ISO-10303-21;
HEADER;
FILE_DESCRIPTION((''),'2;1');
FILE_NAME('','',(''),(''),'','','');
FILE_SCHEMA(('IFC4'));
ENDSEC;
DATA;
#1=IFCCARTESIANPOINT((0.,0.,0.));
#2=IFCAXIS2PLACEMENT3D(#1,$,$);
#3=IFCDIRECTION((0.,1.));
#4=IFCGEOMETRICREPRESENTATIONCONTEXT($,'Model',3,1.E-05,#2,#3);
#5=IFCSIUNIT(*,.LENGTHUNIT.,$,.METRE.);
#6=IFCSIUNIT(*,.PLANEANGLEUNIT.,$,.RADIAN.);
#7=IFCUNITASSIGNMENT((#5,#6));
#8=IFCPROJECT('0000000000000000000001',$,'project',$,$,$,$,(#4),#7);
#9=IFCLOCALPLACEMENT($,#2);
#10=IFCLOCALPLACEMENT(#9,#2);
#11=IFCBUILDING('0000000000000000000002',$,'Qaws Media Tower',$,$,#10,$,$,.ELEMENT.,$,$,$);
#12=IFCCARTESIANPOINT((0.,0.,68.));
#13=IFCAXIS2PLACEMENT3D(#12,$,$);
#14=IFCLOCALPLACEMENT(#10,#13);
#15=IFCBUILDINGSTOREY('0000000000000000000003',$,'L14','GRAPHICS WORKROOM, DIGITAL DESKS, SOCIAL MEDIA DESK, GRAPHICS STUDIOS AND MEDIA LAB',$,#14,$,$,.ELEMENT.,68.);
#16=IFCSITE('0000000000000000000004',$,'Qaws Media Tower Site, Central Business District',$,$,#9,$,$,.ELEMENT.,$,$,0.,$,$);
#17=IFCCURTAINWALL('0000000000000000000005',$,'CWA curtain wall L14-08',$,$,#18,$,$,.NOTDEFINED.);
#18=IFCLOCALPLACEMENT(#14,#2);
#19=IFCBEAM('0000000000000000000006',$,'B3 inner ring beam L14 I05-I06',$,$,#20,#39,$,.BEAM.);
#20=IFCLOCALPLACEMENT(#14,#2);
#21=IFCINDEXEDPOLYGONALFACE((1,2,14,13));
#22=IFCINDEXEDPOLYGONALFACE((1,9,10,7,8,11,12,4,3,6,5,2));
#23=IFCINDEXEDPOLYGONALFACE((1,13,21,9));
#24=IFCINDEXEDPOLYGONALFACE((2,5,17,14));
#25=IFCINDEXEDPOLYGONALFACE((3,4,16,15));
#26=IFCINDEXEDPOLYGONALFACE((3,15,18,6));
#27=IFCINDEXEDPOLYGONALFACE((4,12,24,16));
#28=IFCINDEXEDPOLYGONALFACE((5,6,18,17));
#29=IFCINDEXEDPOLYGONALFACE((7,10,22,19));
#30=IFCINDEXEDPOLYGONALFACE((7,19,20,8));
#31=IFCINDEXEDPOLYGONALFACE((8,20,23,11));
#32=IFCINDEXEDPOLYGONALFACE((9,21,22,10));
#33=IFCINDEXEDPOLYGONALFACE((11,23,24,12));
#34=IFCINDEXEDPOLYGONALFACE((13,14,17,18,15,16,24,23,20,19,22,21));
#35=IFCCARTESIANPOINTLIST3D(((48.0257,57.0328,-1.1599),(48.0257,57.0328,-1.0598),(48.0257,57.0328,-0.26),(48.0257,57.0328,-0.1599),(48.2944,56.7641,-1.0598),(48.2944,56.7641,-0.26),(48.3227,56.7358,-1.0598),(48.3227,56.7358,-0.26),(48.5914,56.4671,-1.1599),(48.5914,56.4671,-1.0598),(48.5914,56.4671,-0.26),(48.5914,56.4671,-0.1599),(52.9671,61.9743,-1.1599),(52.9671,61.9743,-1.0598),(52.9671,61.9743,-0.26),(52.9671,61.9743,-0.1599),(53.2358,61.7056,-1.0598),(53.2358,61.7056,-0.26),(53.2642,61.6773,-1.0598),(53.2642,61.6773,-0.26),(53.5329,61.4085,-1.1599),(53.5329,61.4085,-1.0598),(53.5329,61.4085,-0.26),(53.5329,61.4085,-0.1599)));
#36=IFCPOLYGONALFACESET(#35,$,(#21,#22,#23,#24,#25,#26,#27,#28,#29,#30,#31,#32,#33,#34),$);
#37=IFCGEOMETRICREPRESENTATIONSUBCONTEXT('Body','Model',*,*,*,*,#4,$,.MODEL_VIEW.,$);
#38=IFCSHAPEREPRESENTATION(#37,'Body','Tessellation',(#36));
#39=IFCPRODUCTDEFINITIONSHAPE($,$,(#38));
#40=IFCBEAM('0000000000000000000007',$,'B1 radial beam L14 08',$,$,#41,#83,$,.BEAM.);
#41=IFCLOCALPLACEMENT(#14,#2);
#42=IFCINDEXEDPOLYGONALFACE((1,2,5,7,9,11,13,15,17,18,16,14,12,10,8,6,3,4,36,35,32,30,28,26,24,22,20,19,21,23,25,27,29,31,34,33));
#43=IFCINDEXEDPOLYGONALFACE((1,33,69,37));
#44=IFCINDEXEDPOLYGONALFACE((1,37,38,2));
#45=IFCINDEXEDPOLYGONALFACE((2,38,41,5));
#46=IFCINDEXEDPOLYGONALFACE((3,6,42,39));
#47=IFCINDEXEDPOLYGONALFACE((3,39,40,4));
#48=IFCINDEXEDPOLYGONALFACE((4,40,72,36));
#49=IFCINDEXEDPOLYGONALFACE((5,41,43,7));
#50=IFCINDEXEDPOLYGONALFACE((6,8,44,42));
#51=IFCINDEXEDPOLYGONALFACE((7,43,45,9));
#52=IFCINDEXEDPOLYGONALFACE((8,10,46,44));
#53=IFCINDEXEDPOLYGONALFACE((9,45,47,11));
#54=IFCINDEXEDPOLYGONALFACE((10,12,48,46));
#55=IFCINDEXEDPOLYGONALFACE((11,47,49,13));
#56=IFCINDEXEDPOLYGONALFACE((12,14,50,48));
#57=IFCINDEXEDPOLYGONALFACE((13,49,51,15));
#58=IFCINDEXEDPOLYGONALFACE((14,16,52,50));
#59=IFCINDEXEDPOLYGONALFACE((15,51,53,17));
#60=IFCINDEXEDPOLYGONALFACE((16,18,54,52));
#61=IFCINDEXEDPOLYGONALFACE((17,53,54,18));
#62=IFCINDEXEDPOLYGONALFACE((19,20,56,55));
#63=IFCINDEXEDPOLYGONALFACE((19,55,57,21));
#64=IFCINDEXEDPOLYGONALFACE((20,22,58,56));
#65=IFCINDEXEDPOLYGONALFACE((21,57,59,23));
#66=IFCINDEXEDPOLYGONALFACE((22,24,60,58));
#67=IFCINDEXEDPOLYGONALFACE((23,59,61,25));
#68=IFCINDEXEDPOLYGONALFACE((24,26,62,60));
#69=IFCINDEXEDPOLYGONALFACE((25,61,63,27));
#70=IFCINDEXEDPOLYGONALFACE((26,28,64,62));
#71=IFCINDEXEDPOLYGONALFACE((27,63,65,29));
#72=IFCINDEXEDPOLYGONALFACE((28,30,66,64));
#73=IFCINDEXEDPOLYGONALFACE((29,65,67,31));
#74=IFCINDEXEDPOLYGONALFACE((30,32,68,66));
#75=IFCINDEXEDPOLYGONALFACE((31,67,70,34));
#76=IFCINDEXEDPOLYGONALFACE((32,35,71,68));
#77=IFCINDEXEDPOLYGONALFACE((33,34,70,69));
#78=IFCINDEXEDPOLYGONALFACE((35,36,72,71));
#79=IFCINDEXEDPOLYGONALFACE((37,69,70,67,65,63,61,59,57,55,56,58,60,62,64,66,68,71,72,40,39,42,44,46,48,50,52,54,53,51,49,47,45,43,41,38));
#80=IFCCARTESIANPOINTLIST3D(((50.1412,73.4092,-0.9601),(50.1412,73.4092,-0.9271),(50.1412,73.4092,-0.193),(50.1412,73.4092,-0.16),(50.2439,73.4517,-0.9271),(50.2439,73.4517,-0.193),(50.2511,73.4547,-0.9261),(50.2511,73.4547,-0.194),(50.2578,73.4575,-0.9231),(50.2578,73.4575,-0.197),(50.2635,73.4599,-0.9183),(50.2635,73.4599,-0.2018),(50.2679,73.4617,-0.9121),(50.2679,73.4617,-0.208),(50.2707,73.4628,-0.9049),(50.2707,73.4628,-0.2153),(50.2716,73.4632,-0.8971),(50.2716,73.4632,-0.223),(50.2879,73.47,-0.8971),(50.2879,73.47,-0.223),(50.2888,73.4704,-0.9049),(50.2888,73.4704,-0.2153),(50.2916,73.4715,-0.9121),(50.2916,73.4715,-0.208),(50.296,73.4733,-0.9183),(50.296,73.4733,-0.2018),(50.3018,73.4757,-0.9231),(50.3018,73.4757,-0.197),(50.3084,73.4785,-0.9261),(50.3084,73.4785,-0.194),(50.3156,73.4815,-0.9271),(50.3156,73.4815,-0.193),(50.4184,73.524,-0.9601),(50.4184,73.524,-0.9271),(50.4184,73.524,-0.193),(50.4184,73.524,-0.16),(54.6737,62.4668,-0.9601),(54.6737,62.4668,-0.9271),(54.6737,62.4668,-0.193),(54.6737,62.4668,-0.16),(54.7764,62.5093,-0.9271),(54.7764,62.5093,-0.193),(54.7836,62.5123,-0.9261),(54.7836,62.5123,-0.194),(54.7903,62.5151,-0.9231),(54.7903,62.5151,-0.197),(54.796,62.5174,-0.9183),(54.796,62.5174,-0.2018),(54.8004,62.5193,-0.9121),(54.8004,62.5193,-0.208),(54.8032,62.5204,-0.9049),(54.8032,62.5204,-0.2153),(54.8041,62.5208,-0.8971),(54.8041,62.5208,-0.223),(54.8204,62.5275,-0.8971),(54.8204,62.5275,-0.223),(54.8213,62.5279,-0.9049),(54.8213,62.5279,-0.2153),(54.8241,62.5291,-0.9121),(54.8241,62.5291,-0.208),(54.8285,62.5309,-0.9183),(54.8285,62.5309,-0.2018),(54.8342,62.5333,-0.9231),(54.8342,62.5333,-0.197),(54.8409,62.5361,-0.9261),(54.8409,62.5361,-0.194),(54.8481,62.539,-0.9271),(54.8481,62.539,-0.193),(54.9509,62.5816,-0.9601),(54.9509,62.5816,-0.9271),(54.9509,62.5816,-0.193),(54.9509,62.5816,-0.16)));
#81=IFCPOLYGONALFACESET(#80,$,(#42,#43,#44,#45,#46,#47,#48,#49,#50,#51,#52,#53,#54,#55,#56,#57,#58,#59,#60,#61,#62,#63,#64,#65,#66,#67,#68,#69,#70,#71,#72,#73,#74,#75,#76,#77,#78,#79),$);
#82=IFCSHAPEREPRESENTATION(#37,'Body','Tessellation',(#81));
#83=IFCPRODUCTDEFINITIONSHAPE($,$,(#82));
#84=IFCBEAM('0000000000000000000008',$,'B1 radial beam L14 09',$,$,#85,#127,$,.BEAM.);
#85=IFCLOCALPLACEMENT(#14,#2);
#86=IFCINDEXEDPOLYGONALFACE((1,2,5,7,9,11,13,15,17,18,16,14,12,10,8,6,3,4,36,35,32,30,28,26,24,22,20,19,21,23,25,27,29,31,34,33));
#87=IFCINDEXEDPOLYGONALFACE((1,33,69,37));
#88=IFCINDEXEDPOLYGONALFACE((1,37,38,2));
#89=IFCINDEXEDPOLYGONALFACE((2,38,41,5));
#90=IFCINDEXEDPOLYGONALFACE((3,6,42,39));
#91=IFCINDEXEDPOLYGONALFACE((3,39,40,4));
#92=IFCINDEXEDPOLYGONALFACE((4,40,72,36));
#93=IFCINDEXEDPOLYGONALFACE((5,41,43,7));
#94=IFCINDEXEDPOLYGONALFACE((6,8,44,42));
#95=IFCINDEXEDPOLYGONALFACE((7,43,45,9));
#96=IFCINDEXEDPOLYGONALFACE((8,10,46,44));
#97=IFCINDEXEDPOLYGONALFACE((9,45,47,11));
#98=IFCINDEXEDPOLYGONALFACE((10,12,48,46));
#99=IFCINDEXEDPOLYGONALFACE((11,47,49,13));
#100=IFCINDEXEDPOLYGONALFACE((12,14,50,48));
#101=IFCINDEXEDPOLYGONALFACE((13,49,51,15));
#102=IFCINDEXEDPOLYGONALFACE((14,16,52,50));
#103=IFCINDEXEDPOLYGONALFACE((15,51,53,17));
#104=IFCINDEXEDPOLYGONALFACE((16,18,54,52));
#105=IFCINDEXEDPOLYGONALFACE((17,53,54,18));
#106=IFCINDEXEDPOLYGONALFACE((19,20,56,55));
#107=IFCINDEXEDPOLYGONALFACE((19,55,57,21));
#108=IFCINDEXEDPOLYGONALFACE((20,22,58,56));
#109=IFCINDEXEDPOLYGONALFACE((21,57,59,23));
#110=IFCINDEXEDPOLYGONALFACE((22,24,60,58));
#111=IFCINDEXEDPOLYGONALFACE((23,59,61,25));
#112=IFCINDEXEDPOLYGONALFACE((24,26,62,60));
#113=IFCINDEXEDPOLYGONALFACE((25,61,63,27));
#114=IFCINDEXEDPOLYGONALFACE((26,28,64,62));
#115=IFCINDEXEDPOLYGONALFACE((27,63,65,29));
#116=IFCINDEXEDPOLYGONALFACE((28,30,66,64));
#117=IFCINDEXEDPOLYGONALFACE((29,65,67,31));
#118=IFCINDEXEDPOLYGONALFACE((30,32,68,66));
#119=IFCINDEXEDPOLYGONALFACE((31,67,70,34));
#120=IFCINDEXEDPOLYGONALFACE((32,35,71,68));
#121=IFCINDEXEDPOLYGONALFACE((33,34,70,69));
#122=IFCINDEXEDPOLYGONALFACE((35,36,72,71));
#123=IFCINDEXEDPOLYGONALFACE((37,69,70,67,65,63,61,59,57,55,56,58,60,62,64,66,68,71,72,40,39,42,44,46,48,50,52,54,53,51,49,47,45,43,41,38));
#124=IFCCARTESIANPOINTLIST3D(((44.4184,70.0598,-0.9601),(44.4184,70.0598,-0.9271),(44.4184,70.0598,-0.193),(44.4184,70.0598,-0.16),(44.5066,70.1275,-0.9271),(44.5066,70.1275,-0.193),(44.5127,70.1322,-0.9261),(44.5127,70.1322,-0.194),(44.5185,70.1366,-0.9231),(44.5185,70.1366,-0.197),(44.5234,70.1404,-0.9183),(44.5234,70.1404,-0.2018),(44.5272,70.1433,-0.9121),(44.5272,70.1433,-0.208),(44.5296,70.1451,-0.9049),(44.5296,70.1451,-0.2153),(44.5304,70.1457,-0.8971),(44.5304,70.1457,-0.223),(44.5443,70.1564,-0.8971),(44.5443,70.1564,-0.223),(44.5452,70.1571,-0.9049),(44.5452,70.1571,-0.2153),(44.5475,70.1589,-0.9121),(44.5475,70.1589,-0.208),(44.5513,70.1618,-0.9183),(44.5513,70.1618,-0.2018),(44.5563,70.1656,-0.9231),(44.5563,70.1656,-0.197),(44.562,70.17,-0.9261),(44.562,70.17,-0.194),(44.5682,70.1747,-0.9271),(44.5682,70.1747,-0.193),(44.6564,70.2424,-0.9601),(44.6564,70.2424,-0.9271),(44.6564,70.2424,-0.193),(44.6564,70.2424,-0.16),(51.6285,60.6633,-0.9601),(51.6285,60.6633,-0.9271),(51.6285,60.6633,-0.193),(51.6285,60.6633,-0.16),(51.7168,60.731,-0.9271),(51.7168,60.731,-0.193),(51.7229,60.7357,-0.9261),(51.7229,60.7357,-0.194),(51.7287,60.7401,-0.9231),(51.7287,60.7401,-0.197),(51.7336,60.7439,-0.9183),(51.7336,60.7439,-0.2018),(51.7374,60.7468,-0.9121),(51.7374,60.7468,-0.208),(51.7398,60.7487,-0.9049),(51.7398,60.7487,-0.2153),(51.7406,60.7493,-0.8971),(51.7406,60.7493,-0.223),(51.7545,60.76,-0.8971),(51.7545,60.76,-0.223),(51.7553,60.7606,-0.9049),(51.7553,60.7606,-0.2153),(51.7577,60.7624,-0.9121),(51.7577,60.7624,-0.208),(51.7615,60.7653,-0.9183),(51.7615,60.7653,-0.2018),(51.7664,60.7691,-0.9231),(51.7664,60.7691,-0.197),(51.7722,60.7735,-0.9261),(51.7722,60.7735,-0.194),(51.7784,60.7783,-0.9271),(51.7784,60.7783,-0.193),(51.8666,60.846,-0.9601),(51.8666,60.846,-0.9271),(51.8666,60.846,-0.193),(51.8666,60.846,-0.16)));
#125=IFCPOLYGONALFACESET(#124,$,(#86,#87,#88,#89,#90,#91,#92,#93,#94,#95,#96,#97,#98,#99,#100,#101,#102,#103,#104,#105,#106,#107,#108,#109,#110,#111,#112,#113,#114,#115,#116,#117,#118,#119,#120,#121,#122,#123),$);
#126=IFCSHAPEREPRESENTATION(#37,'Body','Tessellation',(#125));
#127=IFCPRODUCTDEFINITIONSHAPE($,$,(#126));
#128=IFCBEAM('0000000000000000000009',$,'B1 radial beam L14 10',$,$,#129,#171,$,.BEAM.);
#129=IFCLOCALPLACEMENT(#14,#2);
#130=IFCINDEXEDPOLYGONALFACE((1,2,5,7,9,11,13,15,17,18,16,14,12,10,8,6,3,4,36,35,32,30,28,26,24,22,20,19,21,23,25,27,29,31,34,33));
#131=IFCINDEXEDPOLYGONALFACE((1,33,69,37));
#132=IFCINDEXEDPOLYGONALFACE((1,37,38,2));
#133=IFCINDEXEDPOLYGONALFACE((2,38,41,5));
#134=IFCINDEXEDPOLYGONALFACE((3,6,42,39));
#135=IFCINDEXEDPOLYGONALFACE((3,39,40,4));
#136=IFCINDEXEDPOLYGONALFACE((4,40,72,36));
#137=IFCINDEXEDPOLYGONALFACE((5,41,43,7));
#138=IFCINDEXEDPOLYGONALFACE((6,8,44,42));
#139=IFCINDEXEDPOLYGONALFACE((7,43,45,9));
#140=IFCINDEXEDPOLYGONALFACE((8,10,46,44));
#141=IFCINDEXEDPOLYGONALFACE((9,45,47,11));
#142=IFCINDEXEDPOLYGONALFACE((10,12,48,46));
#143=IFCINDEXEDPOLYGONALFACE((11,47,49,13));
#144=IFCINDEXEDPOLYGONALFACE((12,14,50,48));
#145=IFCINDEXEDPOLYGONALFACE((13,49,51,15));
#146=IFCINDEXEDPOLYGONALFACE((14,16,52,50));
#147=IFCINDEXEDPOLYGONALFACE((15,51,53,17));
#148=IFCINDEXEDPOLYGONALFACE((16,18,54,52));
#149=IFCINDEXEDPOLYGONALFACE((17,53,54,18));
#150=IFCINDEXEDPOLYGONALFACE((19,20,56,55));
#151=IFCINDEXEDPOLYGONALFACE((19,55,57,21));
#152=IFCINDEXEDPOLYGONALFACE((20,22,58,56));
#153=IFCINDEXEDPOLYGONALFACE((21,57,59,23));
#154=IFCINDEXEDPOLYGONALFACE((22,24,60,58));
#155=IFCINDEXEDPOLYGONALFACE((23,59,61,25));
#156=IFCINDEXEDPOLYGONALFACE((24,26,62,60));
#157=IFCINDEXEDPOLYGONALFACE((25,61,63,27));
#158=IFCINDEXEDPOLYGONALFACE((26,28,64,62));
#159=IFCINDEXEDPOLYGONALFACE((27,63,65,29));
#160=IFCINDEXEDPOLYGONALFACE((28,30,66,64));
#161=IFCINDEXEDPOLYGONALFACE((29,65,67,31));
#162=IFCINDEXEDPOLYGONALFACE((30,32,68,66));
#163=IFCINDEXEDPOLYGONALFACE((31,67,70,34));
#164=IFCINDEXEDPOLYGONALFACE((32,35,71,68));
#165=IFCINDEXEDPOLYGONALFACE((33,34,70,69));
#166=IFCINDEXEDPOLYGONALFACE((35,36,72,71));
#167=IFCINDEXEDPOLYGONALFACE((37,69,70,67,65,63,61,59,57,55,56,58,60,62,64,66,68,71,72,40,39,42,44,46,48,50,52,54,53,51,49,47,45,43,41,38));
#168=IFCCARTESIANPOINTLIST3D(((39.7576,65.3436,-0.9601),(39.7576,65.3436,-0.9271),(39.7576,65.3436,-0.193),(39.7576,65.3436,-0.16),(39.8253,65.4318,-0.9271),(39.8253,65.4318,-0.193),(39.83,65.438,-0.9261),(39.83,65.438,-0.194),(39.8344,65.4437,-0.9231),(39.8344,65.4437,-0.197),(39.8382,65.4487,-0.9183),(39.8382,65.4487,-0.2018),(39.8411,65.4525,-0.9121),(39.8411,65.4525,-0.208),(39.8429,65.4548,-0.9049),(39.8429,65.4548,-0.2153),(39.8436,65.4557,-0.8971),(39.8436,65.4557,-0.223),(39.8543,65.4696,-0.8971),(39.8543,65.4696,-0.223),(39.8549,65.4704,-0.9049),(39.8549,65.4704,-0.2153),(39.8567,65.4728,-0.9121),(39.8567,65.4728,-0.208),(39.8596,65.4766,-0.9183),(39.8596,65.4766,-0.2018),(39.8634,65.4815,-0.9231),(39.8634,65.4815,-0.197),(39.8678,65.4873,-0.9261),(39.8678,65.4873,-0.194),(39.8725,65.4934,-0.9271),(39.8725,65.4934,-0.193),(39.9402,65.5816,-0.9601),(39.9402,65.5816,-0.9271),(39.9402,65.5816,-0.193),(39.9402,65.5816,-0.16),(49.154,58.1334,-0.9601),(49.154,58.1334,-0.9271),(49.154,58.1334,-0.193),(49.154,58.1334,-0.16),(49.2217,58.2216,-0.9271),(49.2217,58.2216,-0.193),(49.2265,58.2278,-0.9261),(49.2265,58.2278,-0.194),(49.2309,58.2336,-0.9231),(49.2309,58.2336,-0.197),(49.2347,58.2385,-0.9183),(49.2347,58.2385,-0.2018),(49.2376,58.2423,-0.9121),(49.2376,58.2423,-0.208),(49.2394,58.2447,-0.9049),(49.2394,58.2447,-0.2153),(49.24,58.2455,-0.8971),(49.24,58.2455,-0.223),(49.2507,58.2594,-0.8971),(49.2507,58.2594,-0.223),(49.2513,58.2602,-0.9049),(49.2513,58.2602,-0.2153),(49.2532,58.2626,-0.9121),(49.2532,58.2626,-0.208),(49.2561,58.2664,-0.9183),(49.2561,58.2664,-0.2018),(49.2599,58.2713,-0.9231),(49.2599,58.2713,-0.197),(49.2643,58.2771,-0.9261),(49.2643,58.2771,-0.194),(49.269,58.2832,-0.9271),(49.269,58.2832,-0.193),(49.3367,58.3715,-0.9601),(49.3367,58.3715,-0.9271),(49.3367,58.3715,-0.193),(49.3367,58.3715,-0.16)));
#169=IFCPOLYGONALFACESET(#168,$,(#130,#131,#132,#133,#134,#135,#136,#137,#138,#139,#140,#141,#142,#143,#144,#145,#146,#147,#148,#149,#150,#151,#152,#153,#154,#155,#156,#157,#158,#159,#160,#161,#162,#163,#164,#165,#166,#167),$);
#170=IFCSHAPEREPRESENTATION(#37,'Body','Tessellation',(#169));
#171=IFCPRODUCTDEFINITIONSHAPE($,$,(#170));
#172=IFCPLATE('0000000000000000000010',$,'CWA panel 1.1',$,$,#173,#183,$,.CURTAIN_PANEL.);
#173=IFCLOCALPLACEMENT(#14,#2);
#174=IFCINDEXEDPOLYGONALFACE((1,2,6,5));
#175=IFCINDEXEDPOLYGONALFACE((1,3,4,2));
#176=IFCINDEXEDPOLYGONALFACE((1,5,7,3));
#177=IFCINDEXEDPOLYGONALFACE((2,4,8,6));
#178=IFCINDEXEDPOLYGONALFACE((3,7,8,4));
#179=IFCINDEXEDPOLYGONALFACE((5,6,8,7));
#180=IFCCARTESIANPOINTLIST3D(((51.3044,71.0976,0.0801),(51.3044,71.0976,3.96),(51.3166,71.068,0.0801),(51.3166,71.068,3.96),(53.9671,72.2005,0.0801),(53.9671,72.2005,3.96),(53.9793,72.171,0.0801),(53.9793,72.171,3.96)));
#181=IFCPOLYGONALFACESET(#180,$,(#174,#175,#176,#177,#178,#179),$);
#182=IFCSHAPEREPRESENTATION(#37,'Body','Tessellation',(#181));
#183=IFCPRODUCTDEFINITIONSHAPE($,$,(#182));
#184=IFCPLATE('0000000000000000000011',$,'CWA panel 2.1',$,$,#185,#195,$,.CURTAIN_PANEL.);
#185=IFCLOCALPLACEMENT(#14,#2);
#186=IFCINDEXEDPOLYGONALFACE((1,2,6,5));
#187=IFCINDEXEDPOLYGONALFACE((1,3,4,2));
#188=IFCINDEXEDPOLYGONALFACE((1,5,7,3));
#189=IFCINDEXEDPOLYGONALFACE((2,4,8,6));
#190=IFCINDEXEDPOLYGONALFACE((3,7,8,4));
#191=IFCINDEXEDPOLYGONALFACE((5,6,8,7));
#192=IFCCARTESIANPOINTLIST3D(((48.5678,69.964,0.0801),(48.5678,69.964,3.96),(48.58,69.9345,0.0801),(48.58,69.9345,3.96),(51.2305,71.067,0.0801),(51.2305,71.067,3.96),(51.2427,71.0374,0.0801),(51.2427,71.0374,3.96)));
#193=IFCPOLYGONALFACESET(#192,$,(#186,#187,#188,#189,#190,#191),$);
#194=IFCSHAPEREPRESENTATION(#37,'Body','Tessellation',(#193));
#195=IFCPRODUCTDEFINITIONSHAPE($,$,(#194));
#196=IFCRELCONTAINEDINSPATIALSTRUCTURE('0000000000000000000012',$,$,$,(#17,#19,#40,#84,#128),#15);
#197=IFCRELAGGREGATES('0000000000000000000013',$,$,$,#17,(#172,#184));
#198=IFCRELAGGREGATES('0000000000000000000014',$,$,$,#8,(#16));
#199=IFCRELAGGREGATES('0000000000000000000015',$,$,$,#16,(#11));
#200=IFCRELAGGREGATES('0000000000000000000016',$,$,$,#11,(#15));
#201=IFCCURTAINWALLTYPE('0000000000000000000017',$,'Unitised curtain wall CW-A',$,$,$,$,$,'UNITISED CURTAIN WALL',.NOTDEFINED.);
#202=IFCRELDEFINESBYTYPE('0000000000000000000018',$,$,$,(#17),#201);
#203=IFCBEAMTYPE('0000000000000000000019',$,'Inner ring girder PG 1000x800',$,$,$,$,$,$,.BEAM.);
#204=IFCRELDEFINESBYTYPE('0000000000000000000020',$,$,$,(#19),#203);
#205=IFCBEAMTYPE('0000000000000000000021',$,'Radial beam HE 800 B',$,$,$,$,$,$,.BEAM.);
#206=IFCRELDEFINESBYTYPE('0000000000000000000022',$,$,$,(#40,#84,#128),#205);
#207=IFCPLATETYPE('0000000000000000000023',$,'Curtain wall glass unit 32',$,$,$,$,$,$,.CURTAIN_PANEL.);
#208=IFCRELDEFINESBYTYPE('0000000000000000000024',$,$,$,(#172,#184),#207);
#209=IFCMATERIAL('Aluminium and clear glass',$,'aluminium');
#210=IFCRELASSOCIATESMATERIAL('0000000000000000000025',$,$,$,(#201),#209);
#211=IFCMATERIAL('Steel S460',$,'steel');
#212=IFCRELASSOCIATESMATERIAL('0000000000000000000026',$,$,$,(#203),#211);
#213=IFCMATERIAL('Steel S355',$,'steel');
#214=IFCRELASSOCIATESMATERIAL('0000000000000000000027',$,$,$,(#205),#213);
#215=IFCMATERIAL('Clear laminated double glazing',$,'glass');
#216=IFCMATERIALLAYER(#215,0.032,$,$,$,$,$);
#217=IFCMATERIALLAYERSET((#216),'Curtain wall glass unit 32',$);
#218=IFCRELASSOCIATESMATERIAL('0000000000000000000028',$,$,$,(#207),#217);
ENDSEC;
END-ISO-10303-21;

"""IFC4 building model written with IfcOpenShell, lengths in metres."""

from ifc_helpers import new_model, si_unit, direction, frame, origin, origin_2d, place, context, subcontext, project, spatial, rectangle, i_section, extrude, material, layer, layer_set, material_profile, profile_set, type_object, element, aggregate, save


model = new_model("IFC4")

# Units and contexts
model_context = context("Model", 3, precision=1e-05, world=origin(), true_north=direction((0.0, 1.0)))
body_context = subcontext(model_context, "Body", "Model", "MODEL_VIEW")
ifc_project = project(units=[si_unit("LENGTHUNIT", "METRE"), si_unit("PLANEANGLEUNIT", "RADIAN")], contexts=[model_context])

# Site, building, storey
site_placement = place(None, origin())
site = spatial("IfcSite", under=ifc_project, at=site_placement, Name="Qaws Media Tower Site, Central Business District", CompositionType="ELEMENT", RefElevation=0.0)
building_placement = place(site_placement, origin())
building = spatial("IfcBuilding", under=site, at=building_placement, Name="Qaws Media Tower", CompositionType="ELEMENT")
storey_placement = place(building_placement, frame((0.0, 0.0, 68.0)))
storey = spatial("IfcBuildingStorey", under=building, at=storey_placement, Name="L14", Description="GRAPHICS WORKROOM, DIGITAL DESKS, SOCIAL MEDIA DESK, GRAPHICS STUDIOS AND MEDIA LAB", CompositionType="ELEMENT", Elevation=68.0)

# Curtain wall
ifc_material_1 = material(Name="Aluminium and clear glass", Category="aluminium")
curtain_wall_type = type_object("IfcCurtainWallType", Name="Unitised curtain wall CW-A", ElementType="UNITISED CURTAIN WALL", PredefinedType="NOTDEFINED", material=ifc_material_1)
curtain_wall_1_placement = place(storey_placement, origin())
curtain_wall_1 = element("IfcCurtainWall", 1, at=curtain_wall_1_placement, inside=storey, type_object=curtain_wall_type, Name="CWA curtain wall L14-08", PredefinedType="NOTDEFINED")

# Beams
ifc_material_2 = material(Name="Steel S460", Category="steel")
ifc_material_profile_1 = material_profile(ifc_material_2, i_section(OverallWidth=0.8, OverallDepth=1.0, WebThickness=0.04, FlangeThickness=0.1001, at=origin_2d()), Name="PG 1000x800")
ifc_profile_set_1 = profile_set([ifc_material_profile_1], Name="Steel S460")
beam_type_1 = type_object("IfcBeamType", Name="Inner ring girder PG 1000x800", PredefinedType="BEAM", material=ifc_profile_set_1)
beam_1_placement = place(storey_placement, frame((53.25, 61.6914, -0.6599), z_axis=(-0.707107, -0.707107, 0.0), x_axis=(0.707107, -0.707107, 0.0)))
element("IfcBeam", 2, at=beam_1_placement, inside=storey, type_object=beam_type_1, Name="B3 inner ring beam L14 I05-I06", PredefinedType="BEAM", context=body_context, shape_type="SweptSolid", body=[
    extrude(i_section(OverallWidth=0.8, OverallDepth=1.0, WebThickness=0.04, FlangeThickness=0.1001, at=origin_2d()), origin(), (0.0, 0.0, 1.0), 6.9883),
])
ifc_material_3 = material(Name="Steel S355", Category="steel")
ifc_material_profile_2 = material_profile(ifc_material_3, i_section(OverallWidth=0.3, OverallDepth=0.8, WebThickness=0.0176, FlangeThickness=0.033, FilletRadius=0.03, at=origin_2d()), Name="HE 800 B")
ifc_profile_set_2 = profile_set([ifc_material_profile_2], Name="Steel S355")
beam_type_2 = type_object("IfcBeamType", Name="Radial beam HE 800 B", PredefinedType="BEAM", material=ifc_profile_set_2)
for number, where, z_axis, x_axis, name in (
    (3, (54.8123, 62.5242, -0.5601), (-0.382683, 0.92388, 0.0), (-0.92388, -0.382683, 0.0), "B1 radial beam L14 08"),
    (4, (51.7476, 60.7546, -0.5601), (-0.608763, 0.793352, 0.0), (-0.793352, -0.608763, 0.0), "B1 radial beam L14 09"),
    (5, (49.2454, 58.2524, -0.5601), (-0.793352, 0.608763, 0.0), (-0.608763, -0.793352, 0.0), "B1 radial beam L14 10"),
):
    element("IfcBeam", number, at=place(storey_placement, frame(where, z_axis=z_axis, x_axis=x_axis)), inside=storey, type_object=beam_type_2, Name=name, PredefinedType="BEAM", context=body_context, shape_type="SweptSolid", body=[
        extrude(i_section(OverallWidth=0.3, OverallDepth=0.8, WebThickness=0.0176, FlangeThickness=0.033, FilletRadius=0.03, at=origin_2d()), origin(), (0.0, 0.0, 1.0), 11.844),
    ])

# Plates
ifc_material_4 = material(Name="Clear laminated double glazing", Category="glass")
ifc_layer_1 = layer(ifc_material_4, 0.032)
ifc_layer_set_1 = layer_set([ifc_layer_1], Name="Curtain wall glass unit 32")
plate_type_1 = type_object("IfcPlateType", Name="Curtain wall glass unit 32", PredefinedType="CURTAIN_PANEL", material=ifc_layer_set_1)
plate_1_placement = place(storey_placement, frame((52.6418, 71.6343, 0.0801), z_axis=(0.0, 0.0, 1.0), x_axis=(-0.92388, -0.382683, 0.0)))
plate_1 = element("IfcPlate", 6, at=plate_1_placement, type_object=plate_type_1, Name="CWA panel 1.1", PredefinedType="CURTAIN_PANEL", context=body_context, shape_type="SweptSolid", body=[
    extrude(rectangle(XDim=2.8821, YDim=0.032, at=origin_2d()), origin(), (0.0, 0.0, 1.0), 3.8799),
])
plate_2_placement = place(storey_placement, frame((49.9053, 70.5007, 0.0801), z_axis=(0.0, 0.0, 1.0), x_axis=(-0.92388, -0.382683, 0.0)))
plate_2 = element("IfcPlate", 7, at=plate_2_placement, type_object=plate_type_1, Name="CWA panel 2.1", PredefinedType="CURTAIN_PANEL", context=body_context, shape_type="SweptSolid", body=[
    extrude(rectangle(XDim=2.8821, YDim=0.032, at=origin_2d()), origin(), (0.0, 0.0, 1.0), 3.8799),
])
aggregate(curtain_wall_1, [plate_1, plate_2])

save(model, "model.ifc")
